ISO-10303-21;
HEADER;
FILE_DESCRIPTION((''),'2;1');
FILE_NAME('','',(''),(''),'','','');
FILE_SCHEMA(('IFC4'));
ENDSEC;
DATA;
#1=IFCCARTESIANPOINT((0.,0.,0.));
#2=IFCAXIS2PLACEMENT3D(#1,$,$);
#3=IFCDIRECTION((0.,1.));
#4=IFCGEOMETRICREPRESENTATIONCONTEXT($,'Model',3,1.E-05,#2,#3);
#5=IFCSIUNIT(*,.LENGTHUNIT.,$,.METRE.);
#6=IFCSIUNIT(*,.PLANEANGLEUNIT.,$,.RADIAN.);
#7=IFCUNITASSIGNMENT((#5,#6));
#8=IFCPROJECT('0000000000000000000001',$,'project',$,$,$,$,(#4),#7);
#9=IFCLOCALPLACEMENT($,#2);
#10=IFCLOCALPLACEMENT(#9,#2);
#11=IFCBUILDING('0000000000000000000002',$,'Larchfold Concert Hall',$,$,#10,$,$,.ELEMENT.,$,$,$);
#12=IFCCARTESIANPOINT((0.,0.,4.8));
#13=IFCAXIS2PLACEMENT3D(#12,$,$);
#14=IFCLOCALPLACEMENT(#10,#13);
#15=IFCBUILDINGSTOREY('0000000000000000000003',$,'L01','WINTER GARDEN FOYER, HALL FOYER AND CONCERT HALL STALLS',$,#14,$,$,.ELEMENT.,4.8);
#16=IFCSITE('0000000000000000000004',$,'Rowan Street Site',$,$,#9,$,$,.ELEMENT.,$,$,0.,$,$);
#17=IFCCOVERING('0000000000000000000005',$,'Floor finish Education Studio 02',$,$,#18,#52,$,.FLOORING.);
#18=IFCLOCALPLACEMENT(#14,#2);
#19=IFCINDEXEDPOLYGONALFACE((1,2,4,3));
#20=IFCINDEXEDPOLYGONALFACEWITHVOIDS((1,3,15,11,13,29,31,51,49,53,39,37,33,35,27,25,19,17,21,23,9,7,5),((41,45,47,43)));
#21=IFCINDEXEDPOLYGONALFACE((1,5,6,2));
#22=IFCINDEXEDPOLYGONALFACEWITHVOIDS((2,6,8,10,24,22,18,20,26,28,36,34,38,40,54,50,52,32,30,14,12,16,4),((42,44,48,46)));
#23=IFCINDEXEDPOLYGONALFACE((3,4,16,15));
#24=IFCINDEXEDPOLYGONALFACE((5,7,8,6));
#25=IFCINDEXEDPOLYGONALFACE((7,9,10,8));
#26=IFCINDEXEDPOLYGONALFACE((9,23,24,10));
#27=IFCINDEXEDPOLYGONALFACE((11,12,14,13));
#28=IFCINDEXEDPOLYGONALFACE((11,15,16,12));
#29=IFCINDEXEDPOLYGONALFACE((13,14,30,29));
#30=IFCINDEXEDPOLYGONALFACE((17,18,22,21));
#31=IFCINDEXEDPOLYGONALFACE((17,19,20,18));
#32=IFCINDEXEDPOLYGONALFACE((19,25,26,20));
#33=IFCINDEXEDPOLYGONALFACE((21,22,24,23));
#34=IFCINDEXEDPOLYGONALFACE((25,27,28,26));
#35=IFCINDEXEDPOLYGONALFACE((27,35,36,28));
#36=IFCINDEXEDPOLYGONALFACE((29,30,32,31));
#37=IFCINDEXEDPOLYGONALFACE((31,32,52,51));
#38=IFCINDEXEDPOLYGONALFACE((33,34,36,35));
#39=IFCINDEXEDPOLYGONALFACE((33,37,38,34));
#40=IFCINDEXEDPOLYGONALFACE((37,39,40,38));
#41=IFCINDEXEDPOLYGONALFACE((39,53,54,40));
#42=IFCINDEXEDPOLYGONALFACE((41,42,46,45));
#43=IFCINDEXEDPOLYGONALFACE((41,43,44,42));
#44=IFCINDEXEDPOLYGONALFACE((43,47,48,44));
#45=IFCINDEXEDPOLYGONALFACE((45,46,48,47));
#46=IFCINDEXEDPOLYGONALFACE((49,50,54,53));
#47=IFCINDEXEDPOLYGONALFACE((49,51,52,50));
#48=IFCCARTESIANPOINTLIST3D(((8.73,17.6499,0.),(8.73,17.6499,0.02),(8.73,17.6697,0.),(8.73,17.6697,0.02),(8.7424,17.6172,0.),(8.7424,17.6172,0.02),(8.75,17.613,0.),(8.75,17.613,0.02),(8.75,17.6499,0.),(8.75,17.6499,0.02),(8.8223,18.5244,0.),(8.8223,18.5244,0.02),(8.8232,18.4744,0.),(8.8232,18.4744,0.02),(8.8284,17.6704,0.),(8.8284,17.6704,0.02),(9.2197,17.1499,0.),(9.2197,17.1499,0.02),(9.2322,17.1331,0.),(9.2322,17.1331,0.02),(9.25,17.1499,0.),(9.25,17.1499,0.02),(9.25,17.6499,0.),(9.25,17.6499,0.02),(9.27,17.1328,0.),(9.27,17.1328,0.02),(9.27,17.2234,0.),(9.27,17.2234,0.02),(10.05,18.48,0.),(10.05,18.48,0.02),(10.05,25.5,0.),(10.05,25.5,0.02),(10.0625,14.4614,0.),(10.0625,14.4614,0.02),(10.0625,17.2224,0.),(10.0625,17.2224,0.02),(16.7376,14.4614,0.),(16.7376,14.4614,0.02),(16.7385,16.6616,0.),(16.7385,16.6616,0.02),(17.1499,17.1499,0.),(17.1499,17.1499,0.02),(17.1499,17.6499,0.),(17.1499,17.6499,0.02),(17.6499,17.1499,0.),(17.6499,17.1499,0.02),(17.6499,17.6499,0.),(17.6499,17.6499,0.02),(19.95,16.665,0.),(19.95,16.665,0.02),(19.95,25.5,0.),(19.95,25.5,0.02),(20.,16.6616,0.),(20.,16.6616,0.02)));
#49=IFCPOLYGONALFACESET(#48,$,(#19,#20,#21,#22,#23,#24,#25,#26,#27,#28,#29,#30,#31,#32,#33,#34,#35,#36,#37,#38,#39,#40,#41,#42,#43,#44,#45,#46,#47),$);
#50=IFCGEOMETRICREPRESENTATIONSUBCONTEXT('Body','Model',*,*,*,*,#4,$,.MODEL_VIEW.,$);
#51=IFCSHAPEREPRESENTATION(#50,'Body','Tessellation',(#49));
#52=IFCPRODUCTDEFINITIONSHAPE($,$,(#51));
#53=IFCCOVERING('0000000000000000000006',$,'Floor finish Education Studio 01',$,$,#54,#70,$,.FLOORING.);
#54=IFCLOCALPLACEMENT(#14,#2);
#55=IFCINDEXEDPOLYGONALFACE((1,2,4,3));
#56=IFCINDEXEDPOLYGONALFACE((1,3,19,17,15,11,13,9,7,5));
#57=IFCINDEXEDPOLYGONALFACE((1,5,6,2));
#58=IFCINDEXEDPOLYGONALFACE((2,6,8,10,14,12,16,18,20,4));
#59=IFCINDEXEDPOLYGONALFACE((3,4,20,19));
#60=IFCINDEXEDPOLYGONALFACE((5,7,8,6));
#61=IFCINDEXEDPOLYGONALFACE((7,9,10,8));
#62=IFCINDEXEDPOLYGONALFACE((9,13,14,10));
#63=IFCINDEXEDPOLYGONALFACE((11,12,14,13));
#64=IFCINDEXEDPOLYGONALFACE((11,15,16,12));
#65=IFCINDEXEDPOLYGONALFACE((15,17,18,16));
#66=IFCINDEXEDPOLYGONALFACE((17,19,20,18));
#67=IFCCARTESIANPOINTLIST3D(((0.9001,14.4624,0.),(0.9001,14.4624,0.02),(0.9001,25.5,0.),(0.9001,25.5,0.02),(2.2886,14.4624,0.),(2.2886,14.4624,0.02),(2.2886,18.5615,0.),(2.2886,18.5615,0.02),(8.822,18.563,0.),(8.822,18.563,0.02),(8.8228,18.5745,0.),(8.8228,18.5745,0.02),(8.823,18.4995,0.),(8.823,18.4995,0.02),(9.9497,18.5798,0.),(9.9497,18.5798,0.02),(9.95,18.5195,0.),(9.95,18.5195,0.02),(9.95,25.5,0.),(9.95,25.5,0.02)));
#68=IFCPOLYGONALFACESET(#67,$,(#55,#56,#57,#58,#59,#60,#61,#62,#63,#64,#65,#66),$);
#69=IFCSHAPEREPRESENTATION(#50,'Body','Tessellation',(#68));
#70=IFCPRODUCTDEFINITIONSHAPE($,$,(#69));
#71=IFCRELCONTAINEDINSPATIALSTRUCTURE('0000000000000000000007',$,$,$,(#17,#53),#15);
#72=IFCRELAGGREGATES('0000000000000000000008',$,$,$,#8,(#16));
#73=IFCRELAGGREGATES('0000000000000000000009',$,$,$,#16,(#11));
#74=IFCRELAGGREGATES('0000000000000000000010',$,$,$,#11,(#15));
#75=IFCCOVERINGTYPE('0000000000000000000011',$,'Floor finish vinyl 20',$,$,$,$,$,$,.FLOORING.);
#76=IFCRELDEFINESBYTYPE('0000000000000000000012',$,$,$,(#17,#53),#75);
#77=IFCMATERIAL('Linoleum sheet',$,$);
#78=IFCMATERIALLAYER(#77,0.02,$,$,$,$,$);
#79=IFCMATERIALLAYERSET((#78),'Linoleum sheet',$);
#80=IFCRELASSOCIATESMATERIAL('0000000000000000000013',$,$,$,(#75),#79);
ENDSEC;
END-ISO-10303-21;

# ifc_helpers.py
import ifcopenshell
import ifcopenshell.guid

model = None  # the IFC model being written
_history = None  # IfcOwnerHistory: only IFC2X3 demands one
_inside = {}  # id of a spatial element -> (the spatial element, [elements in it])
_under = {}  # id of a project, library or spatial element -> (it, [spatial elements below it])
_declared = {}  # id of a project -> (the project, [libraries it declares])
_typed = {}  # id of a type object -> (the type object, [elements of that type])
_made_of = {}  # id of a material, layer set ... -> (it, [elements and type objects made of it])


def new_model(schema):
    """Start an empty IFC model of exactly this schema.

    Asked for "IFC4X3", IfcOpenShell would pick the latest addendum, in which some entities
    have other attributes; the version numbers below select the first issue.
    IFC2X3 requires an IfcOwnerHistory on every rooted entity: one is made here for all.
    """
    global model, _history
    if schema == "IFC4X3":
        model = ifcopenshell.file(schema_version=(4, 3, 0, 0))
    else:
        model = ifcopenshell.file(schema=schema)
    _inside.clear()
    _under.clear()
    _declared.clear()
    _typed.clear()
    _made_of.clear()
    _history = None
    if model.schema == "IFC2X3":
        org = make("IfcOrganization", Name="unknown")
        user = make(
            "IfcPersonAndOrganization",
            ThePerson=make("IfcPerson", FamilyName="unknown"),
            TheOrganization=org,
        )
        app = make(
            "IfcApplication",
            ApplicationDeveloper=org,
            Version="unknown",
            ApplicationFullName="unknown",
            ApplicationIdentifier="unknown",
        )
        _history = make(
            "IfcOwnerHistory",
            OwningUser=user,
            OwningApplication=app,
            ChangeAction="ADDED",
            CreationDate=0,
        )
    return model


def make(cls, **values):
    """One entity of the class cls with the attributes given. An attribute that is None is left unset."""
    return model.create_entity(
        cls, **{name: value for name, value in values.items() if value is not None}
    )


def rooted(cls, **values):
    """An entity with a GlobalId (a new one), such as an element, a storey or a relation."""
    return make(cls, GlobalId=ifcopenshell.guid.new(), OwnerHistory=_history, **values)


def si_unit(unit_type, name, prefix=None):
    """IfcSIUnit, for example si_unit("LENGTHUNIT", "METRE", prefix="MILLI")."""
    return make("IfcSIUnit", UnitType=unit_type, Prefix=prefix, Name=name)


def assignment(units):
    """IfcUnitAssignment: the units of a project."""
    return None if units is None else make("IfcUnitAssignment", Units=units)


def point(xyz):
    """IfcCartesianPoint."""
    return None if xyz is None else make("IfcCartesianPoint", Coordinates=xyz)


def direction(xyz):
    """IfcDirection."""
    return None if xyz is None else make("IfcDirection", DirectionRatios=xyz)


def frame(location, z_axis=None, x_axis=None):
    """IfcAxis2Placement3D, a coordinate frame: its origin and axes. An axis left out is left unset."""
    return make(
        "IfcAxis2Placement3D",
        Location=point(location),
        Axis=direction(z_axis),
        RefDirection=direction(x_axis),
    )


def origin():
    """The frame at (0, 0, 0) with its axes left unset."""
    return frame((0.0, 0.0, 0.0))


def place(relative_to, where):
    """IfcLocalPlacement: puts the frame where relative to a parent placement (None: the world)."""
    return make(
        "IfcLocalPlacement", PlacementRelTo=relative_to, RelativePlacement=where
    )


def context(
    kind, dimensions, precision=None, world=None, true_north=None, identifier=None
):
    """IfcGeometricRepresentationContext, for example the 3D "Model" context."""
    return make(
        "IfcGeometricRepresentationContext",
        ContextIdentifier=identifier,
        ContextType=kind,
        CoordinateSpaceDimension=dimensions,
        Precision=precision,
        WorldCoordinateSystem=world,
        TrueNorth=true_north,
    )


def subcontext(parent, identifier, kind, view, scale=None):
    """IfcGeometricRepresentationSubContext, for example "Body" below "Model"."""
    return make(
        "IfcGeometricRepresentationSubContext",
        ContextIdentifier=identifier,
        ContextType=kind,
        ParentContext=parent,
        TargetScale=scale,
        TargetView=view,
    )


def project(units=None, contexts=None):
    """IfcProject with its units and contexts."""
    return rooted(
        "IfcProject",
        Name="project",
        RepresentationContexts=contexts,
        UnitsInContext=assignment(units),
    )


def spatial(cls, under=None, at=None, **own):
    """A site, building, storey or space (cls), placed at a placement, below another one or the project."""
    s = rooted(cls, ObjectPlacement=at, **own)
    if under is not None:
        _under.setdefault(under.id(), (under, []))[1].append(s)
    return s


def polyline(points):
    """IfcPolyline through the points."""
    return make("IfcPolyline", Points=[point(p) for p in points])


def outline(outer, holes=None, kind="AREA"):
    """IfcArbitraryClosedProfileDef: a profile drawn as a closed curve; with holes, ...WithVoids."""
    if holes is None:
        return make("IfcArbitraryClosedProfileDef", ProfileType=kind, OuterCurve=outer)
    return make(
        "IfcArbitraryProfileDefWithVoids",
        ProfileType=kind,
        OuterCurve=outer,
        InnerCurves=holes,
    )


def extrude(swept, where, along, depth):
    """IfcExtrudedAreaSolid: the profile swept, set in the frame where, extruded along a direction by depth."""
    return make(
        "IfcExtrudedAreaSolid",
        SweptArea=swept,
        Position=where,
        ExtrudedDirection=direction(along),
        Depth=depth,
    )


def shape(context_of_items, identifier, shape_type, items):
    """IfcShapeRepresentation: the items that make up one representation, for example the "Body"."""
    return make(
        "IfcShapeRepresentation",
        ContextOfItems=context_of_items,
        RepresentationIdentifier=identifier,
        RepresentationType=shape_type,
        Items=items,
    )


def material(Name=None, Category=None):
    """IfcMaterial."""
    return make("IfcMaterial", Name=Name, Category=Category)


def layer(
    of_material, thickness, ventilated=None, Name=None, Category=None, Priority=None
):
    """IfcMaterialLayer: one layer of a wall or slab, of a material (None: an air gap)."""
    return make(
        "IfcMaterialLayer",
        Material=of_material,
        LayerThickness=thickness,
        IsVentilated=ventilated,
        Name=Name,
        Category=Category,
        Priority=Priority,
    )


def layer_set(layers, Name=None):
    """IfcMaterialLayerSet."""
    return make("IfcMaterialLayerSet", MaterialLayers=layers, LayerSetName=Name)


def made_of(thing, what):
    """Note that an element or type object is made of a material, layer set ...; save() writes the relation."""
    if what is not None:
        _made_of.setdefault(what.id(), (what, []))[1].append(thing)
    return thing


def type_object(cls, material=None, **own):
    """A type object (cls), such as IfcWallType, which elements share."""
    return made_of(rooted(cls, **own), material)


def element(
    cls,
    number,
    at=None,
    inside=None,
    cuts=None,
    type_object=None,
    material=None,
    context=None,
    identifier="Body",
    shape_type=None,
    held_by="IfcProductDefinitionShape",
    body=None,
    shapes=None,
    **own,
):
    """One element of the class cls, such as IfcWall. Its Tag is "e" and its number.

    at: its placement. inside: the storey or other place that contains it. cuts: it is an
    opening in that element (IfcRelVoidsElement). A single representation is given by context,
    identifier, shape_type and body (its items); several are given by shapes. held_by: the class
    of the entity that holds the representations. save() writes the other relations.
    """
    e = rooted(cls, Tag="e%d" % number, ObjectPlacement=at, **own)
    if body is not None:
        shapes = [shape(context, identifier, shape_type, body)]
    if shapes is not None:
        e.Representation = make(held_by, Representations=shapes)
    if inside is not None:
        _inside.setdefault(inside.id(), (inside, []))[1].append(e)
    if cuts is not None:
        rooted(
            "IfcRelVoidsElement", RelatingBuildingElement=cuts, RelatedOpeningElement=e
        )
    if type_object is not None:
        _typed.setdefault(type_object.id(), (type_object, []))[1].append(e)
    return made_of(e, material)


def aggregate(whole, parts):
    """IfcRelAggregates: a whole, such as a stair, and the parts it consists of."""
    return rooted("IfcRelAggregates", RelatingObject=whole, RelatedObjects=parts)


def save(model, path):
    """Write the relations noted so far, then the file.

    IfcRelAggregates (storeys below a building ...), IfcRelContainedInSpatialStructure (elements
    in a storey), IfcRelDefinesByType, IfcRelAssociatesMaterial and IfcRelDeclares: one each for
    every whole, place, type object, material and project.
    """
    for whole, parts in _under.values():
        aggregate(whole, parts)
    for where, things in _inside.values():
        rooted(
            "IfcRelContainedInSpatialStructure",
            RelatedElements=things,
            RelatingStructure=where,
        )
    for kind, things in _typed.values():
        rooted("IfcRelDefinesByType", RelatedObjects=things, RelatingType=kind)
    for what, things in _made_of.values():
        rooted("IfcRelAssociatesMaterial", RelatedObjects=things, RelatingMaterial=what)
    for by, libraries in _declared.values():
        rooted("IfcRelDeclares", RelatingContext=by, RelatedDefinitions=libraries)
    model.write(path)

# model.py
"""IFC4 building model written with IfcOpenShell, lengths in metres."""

from ifc_helpers import new_model, si_unit, direction, frame, origin, place, context, subcontext, project, spatial, polyline, outline, extrude, material, layer, layer_set, type_object, element, save


model = new_model("IFC4")

# Units and contexts
model_context = context("Model", 3, precision=1e-05, world=origin(), true_north=direction((0.0, 1.0)))
body_context = subcontext(model_context, "Body", "Model", "MODEL_VIEW")
ifc_project = project(units=[si_unit("LENGTHUNIT", "METRE"), si_unit("PLANEANGLEUNIT", "RADIAN")], contexts=[model_context])

# Site, building, storey
site_placement = place(None, origin())
site = spatial("IfcSite", under=ifc_project, at=site_placement, Name="Rowan Street Site", CompositionType="ELEMENT", RefElevation=0.0)
building_placement = place(site_placement, origin())
building = spatial("IfcBuilding", under=site, at=building_placement, Name="Larchfold Concert Hall", CompositionType="ELEMENT")
storey_placement = place(building_placement, frame((0.0, 0.0, 4.8)))
storey = spatial("IfcBuildingStorey", under=building, at=storey_placement, Name="L01", Description="WINTER GARDEN FOYER, HALL FOYER AND CONCERT HALL STALLS", CompositionType="ELEMENT", Elevation=4.8)

# Coverings
ifc_material_1 = material(Name="Linoleum sheet")
ifc_layer_1 = layer(ifc_material_1, 0.02)
ifc_layer_set_1 = layer_set([ifc_layer_1], Name="Linoleum sheet")
covering_type_1 = type_object("IfcCoveringType", Name="Floor finish vinyl 20", PredefinedType="FLOORING", material=ifc_layer_set_1)
covering_1_placement = place(storey_placement, origin())
element("IfcCovering", 1, at=covering_1_placement, inside=storey, type_object=covering_type_1, Name="Floor finish Education Studio 02", PredefinedType="FLOORING", context=body_context, shape_type="SweptSolid", body=[
    extrude(outline(polyline([(8.8223, 18.5244), (8.8284, 17.6704), (8.73, 17.6697), (8.73, 17.6499), (8.7424, 17.6172), (8.75, 17.613), (8.75, 17.6499), (9.25, 17.6499), (9.25, 17.1499), (9.2197, 17.1499), (9.2322, 17.1331), (9.27, 17.1328), (9.27, 17.2234), (10.0625, 17.2224), (10.0625, 14.4614), (16.7375, 14.4614), (16.7375, 14.3999), (16.7385, 16.6616), (20.0, 16.6616), (19.95, 16.665), (19.95, 25.5), (10.05, 25.5), (10.05, 18.48), (8.8232, 18.4744), (8.8223, 18.5244)]), holes=[polyline([(17.6499, 17.1499), (17.1499, 17.1499), (17.1499, 17.6499), (17.6499, 17.6499), (17.6499, 17.1499)])]), origin(), (0.0, 0.0, 1.0), 0.02),
])
covering_2_placement = place(storey_placement, origin())
element("IfcCovering", 2, at=covering_2_placement, inside=storey, type_object=covering_type_1, Name="Floor finish Education Studio 01", PredefinedType="FLOORING", context=body_context, shape_type="SweptSolid", body=[
    extrude(outline(polyline([(8.822, 18.563), (8.823, 18.4995), (8.8228, 18.5745), (9.9497, 18.5798), (9.95, 18.5195), (9.95, 25.5), (0.9001, 25.5), (0.9001, 14.4624), (2.2886, 14.4624), (2.2886, 18.5615), (8.822, 18.563)])), origin(), (0.0, 0.0, 1.0), 0.02),
])

save(model, "model.ifc")
